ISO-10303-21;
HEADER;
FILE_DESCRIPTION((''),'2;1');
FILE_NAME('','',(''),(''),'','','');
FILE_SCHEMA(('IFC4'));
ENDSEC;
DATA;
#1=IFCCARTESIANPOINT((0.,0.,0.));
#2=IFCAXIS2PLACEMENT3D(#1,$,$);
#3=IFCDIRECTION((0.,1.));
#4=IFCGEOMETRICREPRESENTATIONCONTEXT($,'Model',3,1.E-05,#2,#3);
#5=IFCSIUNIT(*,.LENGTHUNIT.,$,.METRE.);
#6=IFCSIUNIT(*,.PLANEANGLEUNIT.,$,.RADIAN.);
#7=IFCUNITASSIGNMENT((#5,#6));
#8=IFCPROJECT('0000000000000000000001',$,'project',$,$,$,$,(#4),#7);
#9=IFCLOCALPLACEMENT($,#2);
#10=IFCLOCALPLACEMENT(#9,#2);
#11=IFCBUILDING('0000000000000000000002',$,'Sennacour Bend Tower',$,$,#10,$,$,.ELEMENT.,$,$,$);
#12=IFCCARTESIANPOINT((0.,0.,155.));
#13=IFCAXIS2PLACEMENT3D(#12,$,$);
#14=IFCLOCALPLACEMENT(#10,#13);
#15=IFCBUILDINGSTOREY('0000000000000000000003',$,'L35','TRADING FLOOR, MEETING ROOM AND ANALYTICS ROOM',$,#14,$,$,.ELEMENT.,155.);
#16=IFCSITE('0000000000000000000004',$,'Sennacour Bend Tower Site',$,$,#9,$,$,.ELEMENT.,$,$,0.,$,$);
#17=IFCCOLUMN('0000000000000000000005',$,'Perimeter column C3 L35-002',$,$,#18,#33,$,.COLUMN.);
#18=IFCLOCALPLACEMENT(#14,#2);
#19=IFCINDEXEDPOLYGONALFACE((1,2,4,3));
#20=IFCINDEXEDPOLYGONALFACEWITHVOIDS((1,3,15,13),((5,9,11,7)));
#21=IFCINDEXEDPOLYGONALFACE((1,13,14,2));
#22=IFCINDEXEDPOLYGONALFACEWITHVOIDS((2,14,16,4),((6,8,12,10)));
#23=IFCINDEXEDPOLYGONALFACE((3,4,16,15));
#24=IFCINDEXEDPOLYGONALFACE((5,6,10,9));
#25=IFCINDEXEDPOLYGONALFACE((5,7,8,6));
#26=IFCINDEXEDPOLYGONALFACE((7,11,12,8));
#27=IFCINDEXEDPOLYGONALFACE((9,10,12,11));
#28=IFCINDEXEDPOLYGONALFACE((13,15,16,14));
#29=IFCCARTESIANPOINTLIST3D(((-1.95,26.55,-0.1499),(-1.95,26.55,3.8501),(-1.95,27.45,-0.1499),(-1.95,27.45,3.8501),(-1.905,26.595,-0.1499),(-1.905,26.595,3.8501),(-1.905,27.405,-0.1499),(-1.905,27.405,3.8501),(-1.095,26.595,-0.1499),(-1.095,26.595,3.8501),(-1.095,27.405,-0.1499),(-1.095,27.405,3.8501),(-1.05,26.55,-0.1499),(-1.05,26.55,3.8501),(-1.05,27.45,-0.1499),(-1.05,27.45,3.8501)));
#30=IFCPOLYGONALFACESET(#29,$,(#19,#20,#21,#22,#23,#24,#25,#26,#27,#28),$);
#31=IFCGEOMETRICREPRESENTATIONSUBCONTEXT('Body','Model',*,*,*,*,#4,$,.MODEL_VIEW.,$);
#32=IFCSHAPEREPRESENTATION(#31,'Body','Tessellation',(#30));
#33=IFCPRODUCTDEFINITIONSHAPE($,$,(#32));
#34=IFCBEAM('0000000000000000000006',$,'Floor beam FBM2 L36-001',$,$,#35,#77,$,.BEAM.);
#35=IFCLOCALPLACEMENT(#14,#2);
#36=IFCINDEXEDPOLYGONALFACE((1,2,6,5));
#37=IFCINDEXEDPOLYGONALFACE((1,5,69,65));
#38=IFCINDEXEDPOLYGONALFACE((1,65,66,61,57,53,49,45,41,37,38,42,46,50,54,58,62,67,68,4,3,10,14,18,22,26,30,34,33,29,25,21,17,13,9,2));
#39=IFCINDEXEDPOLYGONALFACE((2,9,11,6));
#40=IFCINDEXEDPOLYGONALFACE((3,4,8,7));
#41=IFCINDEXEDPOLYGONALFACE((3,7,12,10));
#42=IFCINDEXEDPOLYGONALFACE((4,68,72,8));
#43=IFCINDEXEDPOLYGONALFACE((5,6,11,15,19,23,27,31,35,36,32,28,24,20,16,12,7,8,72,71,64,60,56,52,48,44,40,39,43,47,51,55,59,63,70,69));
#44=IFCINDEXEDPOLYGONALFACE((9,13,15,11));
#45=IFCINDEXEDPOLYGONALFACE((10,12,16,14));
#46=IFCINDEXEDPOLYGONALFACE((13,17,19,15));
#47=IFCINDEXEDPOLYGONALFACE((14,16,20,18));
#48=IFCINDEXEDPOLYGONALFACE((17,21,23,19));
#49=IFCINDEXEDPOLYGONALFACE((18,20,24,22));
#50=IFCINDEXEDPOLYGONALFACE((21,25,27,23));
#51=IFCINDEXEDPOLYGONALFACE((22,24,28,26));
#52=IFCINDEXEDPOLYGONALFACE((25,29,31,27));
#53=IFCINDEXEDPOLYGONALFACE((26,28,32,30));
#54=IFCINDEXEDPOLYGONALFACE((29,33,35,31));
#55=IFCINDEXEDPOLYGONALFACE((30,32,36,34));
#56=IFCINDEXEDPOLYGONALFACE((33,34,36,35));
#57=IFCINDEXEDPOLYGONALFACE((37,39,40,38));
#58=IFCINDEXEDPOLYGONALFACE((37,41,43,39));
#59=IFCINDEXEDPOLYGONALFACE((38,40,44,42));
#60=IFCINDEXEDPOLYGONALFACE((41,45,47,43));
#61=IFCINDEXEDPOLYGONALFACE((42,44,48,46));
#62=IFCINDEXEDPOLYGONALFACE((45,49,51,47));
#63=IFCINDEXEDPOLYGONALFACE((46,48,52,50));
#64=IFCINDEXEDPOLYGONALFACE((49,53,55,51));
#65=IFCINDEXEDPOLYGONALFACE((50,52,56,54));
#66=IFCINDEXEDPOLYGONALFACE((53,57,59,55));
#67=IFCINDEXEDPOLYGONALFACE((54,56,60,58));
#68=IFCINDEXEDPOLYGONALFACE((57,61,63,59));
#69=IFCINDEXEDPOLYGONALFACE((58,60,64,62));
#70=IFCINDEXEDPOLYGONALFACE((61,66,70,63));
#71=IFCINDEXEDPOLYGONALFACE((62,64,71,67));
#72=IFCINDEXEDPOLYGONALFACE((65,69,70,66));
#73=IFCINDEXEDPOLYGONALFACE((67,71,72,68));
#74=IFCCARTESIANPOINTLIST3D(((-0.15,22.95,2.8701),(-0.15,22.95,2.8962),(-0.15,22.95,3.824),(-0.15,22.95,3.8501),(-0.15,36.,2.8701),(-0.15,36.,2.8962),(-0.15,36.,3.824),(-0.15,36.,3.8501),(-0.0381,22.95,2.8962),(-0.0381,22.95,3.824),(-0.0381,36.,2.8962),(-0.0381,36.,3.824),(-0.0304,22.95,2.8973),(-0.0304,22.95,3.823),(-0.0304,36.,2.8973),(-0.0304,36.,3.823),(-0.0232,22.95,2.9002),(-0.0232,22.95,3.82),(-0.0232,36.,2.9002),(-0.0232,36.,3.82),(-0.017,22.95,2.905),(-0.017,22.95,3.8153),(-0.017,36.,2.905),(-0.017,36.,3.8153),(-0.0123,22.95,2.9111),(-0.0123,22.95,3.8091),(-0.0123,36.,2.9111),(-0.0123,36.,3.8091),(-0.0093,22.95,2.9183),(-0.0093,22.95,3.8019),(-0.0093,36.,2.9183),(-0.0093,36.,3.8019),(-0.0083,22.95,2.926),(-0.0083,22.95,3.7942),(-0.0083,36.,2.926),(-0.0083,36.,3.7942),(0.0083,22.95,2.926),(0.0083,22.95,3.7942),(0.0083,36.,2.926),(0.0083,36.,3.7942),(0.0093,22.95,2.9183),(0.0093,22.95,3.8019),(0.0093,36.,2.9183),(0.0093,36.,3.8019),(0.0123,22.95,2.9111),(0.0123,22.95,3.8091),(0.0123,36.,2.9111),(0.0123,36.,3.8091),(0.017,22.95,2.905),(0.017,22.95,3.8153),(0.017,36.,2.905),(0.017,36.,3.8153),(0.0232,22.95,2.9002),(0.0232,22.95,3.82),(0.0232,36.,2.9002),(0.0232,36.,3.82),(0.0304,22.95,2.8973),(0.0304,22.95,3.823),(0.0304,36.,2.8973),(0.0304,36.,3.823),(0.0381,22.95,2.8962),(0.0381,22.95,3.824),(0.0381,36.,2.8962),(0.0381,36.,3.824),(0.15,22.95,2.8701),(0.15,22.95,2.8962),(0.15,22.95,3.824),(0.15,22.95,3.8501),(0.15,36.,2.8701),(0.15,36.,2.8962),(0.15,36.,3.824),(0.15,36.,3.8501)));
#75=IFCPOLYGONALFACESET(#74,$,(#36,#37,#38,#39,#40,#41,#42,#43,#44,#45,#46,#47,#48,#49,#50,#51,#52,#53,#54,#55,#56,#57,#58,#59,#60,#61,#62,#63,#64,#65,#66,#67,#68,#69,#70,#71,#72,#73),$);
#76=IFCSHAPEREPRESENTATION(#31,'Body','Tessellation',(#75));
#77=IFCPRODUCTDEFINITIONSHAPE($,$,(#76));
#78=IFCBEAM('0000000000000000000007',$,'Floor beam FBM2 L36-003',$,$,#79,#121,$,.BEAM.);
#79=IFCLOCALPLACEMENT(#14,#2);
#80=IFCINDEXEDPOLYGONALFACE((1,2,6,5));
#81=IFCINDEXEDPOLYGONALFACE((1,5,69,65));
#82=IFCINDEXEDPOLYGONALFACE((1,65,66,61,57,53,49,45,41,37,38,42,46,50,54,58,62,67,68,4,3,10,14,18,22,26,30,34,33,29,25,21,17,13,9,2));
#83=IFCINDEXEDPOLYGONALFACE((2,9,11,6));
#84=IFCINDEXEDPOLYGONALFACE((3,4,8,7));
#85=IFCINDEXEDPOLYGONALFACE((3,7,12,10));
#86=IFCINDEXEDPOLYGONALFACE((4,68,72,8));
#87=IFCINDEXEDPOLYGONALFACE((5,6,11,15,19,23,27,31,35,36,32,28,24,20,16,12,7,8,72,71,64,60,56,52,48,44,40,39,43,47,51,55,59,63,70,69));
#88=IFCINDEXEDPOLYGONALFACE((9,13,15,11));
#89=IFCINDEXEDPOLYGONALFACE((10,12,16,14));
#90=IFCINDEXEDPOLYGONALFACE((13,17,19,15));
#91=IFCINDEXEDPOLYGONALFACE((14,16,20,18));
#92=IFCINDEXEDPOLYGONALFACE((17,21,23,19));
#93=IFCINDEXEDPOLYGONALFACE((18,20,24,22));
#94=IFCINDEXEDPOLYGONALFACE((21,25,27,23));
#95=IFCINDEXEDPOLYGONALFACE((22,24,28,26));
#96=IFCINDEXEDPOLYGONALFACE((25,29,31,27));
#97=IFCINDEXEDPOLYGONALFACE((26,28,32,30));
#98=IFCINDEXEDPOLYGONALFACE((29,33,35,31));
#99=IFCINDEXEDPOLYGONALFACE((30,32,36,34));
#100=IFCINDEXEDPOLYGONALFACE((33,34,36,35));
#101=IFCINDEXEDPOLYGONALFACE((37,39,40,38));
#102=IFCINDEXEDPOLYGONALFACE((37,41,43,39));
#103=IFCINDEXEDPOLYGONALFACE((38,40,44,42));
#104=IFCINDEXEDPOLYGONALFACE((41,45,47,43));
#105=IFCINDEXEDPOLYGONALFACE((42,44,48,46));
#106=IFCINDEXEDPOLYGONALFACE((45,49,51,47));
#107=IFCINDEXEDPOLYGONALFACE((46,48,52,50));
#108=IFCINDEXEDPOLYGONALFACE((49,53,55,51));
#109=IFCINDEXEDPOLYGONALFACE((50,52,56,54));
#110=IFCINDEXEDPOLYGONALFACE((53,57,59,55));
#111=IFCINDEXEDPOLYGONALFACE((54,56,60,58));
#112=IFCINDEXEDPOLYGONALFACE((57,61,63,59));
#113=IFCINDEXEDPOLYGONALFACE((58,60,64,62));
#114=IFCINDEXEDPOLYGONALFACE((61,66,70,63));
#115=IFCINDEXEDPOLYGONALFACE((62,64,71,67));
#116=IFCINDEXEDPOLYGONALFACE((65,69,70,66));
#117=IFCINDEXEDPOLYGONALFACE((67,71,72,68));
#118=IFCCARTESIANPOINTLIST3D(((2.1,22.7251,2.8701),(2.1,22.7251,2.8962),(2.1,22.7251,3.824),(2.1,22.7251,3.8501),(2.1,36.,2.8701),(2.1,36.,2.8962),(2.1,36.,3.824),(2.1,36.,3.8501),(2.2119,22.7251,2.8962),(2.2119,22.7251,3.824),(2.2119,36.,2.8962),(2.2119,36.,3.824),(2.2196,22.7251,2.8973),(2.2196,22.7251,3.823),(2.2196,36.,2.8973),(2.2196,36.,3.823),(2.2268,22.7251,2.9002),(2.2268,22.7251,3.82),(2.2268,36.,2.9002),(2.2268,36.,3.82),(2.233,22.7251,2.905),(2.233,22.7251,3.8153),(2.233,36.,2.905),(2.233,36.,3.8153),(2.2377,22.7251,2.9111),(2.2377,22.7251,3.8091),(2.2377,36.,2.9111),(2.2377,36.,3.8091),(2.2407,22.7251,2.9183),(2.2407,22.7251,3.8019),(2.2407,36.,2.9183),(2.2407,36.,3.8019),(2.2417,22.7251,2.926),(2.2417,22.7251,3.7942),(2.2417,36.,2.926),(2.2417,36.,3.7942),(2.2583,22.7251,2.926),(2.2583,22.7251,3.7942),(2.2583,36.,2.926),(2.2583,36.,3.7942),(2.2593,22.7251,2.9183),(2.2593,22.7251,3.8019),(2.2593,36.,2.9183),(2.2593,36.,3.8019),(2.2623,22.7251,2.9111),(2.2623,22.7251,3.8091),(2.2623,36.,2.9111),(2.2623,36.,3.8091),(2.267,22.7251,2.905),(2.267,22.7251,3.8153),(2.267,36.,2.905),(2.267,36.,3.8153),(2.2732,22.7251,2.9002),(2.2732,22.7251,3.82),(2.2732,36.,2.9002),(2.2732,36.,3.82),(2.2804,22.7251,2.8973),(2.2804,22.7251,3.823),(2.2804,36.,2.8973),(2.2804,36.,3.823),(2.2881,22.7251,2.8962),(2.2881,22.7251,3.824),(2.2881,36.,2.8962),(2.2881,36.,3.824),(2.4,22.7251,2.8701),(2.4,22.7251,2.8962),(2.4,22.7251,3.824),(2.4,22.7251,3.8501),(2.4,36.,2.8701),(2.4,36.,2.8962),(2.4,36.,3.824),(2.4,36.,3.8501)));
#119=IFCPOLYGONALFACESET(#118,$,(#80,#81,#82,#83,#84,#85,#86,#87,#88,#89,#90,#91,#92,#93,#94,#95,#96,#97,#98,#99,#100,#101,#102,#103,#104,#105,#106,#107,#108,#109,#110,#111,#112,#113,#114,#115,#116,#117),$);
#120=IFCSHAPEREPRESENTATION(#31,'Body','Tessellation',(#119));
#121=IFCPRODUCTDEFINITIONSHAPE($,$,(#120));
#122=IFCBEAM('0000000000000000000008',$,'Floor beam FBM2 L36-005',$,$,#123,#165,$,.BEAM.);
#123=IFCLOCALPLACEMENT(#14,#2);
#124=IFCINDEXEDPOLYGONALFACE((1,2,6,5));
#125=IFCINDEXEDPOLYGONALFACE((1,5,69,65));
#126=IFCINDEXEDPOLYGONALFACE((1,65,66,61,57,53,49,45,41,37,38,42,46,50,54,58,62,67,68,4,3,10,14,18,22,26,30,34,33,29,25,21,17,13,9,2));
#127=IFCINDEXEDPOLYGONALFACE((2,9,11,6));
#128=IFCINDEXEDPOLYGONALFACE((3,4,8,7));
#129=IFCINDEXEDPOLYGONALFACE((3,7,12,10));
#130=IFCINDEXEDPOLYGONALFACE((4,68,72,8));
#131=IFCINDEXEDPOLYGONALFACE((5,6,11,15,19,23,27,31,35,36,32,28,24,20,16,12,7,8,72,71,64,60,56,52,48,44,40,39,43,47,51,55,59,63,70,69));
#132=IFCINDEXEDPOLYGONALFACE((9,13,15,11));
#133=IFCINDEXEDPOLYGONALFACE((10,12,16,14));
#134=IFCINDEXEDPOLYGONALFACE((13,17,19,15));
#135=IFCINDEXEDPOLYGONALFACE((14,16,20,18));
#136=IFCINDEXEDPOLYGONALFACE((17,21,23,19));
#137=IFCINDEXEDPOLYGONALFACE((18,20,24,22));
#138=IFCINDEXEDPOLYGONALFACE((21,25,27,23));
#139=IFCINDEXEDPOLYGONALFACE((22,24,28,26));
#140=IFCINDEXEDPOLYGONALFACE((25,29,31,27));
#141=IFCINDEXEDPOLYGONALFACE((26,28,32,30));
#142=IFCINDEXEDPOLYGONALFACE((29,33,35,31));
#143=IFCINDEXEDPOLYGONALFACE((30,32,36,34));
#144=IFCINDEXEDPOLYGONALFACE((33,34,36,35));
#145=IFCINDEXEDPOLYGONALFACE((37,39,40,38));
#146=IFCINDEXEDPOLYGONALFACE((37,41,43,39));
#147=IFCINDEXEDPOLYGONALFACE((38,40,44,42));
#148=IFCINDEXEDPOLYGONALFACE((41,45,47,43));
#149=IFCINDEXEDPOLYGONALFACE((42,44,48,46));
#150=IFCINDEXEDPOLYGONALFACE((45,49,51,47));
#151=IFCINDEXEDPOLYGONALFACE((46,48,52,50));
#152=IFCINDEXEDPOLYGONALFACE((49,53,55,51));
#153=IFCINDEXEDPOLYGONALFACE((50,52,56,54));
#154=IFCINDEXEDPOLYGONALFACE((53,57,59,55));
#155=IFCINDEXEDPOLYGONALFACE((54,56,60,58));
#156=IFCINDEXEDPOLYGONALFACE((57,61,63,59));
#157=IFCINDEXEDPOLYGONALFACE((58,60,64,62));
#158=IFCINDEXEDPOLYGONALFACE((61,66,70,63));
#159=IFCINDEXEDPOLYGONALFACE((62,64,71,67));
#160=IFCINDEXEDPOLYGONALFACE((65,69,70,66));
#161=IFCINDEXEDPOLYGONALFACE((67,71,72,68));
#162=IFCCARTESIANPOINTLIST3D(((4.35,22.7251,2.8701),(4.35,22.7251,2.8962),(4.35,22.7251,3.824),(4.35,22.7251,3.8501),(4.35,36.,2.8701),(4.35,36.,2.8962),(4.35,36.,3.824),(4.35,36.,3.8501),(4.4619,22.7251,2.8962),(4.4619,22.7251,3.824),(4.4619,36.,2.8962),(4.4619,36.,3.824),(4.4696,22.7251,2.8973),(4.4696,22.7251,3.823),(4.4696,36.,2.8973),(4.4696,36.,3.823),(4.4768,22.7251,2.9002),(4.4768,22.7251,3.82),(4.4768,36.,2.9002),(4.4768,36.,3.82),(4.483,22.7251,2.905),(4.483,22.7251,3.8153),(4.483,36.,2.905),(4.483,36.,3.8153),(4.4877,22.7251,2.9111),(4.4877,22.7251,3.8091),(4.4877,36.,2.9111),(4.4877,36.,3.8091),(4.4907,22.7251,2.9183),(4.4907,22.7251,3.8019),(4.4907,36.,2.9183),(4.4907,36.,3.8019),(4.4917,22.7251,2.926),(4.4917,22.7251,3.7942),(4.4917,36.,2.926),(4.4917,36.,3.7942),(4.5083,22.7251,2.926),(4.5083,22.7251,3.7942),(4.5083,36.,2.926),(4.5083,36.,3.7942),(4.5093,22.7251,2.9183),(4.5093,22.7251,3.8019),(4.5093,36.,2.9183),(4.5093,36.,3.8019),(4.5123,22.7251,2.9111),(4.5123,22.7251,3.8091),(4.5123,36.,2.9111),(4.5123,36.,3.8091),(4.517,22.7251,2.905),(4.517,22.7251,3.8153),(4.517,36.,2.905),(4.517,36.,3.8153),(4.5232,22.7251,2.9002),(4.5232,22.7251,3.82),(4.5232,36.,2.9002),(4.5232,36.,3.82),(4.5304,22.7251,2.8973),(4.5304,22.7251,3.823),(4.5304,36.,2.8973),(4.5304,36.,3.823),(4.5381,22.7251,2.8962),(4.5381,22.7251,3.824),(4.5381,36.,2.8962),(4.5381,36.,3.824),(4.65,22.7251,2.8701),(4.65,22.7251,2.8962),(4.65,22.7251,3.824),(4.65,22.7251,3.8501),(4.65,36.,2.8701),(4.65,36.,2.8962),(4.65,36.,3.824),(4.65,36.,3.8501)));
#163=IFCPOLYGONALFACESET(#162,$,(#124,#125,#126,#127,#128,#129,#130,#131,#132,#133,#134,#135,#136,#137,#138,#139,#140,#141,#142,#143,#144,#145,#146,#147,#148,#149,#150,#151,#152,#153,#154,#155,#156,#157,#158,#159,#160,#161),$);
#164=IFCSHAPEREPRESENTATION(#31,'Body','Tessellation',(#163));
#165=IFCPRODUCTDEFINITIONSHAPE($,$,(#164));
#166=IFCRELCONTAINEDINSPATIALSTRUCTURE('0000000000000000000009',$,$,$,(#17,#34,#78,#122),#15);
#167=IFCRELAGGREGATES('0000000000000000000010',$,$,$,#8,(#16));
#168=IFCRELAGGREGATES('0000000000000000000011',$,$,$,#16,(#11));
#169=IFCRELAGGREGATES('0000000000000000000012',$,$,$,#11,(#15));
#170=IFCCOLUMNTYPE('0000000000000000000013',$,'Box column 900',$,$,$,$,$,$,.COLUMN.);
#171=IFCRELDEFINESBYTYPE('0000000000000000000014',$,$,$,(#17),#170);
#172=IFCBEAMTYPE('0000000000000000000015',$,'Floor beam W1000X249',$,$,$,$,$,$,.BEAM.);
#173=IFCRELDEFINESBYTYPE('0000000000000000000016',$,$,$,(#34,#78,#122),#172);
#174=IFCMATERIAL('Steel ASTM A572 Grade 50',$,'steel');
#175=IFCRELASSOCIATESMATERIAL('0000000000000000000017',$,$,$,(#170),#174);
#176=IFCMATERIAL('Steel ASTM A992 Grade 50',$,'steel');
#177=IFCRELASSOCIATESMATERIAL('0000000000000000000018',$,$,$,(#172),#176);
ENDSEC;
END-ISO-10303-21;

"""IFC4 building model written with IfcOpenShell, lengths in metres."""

from ifc_helpers import new_model, si_unit, direction, frame, origin, origin_2d, place, context, subcontext, project, spatial, hollow_rectangle, i_section, extrude, material, material_profile, profile_set, type_object, element, save


model = new_model("IFC4")

# Units and contexts
model_context = context("Model", 3, precision=1e-05, world=origin(), true_north=direction((0.0, 1.0)))
body_context = subcontext(model_context, "Body", "Model", "MODEL_VIEW")
ifc_project = project(units=[si_unit("LENGTHUNIT", "METRE"), si_unit("PLANEANGLEUNIT", "RADIAN")], contexts=[model_context])

# Site, building, storey
site_placement = place(None, origin())
site = spatial("IfcSite", under=ifc_project, at=site_placement, Name="Sennacour Bend Tower Site", CompositionType="ELEMENT", RefElevation=0.0)
building_placement = place(site_placement, origin())
building = spatial("IfcBuilding", under=site, at=building_placement, Name="Sennacour Bend Tower", CompositionType="ELEMENT")
storey_placement = place(building_placement, frame((0.0, 0.0, 155.0)))
storey = spatial("IfcBuildingStorey", under=building, at=storey_placement, Name="L35", Description="TRADING FLOOR, MEETING ROOM AND ANALYTICS ROOM", CompositionType="ELEMENT", Elevation=155.0)

# Column
ifc_material_1 = material(Name="Steel ASTM A572 Grade 50", Category="steel")
ifc_material_profile_1 = material_profile(ifc_material_1, hollow_rectangle(XDim=0.8999, YDim=0.8999, WallThickness=0.0449, at=origin_2d()), Name="Steel ASTM A572 Grade 50", Category="steel")
ifc_profile_set_1 = profile_set([ifc_material_profile_1], Name="Steel ASTM A572 Grade 50")
column_type = type_object("IfcColumnType", Name="Box column 900", PredefinedType="COLUMN", material=ifc_profile_set_1)
column_placement = place(storey_placement, frame((-1.5, 27.0, -0.1499), z_axis=(0.0, 0.0, 1.0), x_axis=(1.0, 0.0, 0.0)))
element("IfcColumn", 1, at=column_placement, inside=storey, type_object=column_type, Name="Perimeter column C3 L35-002", PredefinedType="COLUMN", context=body_context, shape_type="SweptSolid", body=[
    extrude(hollow_rectangle(XDim=0.8999, YDim=0.8999, WallThickness=0.0449, at=origin_2d()), origin(), (0.0, 0.0, 1.0), 4.0),
])

# Beams
ifc_material_2 = material(Name="Steel ASTM A992 Grade 50", Category="steel")
ifc_material_profile_2 = material_profile(ifc_material_2, i_section(OverallWidth=0.3, OverallDepth=0.98, WebThickness=0.0166, FlangeThickness=0.0261, FilletRadius=0.0298, at=origin_2d()), Name="Steel ASTM A992 Grade 50", Category="steel")
ifc_profile_set_2 = profile_set([ifc_material_profile_2], Name="Steel ASTM A992 Grade 50")
beam_type_1 = type_object("IfcBeamType", Name="Floor beam W1000X249", PredefinedType="BEAM", material=ifc_profile_set_2)
beam_1_placement = place(storey_placement, frame((0.0, 22.95, 3.3601), z_axis=(0.0, 1.0, 0.0), x_axis=(-1.0, 0.0, 0.0)))
element("IfcBeam", 2, at=beam_1_placement, inside=storey, type_object=beam_type_1, Name="Floor beam FBM2 L36-001", PredefinedType="BEAM", context=body_context, shape_type="SweptSolid", body=[
    extrude(i_section(OverallWidth=0.3, OverallDepth=0.98, WebThickness=0.0166, FlangeThickness=0.0261, FilletRadius=0.0298, at=origin_2d()), origin(), (0.0, 0.0, 1.0), 13.05),
])
for number, where, z_axis, x_axis, name in (
    (3, (2.25, 22.7251, 3.3601), (0.0, 1.0, 0.0), (-1.0, 0.0, 0.0), "Floor beam FBM2 L36-003"),
    (4, (4.5, 22.7251, 3.3601), (0.0, 1.0, 0.0), (-1.0, 0.0, 0.0), "Floor beam FBM2 L36-005"),
):
    element("IfcBeam", number, at=place(storey_placement, frame(where, z_axis=z_axis, x_axis=x_axis)), inside=storey, type_object=beam_type_1, Name=name, PredefinedType="BEAM", context=body_context, shape_type="SweptSolid", body=[
        extrude(i_section(OverallWidth=0.3, OverallDepth=0.98, WebThickness=0.0166, FlangeThickness=0.0261, FilletRadius=0.0298, at=origin_2d()), origin(), (0.0, 0.0, 1.0), 13.2749),
    ])

save(model, "model.ifc")
